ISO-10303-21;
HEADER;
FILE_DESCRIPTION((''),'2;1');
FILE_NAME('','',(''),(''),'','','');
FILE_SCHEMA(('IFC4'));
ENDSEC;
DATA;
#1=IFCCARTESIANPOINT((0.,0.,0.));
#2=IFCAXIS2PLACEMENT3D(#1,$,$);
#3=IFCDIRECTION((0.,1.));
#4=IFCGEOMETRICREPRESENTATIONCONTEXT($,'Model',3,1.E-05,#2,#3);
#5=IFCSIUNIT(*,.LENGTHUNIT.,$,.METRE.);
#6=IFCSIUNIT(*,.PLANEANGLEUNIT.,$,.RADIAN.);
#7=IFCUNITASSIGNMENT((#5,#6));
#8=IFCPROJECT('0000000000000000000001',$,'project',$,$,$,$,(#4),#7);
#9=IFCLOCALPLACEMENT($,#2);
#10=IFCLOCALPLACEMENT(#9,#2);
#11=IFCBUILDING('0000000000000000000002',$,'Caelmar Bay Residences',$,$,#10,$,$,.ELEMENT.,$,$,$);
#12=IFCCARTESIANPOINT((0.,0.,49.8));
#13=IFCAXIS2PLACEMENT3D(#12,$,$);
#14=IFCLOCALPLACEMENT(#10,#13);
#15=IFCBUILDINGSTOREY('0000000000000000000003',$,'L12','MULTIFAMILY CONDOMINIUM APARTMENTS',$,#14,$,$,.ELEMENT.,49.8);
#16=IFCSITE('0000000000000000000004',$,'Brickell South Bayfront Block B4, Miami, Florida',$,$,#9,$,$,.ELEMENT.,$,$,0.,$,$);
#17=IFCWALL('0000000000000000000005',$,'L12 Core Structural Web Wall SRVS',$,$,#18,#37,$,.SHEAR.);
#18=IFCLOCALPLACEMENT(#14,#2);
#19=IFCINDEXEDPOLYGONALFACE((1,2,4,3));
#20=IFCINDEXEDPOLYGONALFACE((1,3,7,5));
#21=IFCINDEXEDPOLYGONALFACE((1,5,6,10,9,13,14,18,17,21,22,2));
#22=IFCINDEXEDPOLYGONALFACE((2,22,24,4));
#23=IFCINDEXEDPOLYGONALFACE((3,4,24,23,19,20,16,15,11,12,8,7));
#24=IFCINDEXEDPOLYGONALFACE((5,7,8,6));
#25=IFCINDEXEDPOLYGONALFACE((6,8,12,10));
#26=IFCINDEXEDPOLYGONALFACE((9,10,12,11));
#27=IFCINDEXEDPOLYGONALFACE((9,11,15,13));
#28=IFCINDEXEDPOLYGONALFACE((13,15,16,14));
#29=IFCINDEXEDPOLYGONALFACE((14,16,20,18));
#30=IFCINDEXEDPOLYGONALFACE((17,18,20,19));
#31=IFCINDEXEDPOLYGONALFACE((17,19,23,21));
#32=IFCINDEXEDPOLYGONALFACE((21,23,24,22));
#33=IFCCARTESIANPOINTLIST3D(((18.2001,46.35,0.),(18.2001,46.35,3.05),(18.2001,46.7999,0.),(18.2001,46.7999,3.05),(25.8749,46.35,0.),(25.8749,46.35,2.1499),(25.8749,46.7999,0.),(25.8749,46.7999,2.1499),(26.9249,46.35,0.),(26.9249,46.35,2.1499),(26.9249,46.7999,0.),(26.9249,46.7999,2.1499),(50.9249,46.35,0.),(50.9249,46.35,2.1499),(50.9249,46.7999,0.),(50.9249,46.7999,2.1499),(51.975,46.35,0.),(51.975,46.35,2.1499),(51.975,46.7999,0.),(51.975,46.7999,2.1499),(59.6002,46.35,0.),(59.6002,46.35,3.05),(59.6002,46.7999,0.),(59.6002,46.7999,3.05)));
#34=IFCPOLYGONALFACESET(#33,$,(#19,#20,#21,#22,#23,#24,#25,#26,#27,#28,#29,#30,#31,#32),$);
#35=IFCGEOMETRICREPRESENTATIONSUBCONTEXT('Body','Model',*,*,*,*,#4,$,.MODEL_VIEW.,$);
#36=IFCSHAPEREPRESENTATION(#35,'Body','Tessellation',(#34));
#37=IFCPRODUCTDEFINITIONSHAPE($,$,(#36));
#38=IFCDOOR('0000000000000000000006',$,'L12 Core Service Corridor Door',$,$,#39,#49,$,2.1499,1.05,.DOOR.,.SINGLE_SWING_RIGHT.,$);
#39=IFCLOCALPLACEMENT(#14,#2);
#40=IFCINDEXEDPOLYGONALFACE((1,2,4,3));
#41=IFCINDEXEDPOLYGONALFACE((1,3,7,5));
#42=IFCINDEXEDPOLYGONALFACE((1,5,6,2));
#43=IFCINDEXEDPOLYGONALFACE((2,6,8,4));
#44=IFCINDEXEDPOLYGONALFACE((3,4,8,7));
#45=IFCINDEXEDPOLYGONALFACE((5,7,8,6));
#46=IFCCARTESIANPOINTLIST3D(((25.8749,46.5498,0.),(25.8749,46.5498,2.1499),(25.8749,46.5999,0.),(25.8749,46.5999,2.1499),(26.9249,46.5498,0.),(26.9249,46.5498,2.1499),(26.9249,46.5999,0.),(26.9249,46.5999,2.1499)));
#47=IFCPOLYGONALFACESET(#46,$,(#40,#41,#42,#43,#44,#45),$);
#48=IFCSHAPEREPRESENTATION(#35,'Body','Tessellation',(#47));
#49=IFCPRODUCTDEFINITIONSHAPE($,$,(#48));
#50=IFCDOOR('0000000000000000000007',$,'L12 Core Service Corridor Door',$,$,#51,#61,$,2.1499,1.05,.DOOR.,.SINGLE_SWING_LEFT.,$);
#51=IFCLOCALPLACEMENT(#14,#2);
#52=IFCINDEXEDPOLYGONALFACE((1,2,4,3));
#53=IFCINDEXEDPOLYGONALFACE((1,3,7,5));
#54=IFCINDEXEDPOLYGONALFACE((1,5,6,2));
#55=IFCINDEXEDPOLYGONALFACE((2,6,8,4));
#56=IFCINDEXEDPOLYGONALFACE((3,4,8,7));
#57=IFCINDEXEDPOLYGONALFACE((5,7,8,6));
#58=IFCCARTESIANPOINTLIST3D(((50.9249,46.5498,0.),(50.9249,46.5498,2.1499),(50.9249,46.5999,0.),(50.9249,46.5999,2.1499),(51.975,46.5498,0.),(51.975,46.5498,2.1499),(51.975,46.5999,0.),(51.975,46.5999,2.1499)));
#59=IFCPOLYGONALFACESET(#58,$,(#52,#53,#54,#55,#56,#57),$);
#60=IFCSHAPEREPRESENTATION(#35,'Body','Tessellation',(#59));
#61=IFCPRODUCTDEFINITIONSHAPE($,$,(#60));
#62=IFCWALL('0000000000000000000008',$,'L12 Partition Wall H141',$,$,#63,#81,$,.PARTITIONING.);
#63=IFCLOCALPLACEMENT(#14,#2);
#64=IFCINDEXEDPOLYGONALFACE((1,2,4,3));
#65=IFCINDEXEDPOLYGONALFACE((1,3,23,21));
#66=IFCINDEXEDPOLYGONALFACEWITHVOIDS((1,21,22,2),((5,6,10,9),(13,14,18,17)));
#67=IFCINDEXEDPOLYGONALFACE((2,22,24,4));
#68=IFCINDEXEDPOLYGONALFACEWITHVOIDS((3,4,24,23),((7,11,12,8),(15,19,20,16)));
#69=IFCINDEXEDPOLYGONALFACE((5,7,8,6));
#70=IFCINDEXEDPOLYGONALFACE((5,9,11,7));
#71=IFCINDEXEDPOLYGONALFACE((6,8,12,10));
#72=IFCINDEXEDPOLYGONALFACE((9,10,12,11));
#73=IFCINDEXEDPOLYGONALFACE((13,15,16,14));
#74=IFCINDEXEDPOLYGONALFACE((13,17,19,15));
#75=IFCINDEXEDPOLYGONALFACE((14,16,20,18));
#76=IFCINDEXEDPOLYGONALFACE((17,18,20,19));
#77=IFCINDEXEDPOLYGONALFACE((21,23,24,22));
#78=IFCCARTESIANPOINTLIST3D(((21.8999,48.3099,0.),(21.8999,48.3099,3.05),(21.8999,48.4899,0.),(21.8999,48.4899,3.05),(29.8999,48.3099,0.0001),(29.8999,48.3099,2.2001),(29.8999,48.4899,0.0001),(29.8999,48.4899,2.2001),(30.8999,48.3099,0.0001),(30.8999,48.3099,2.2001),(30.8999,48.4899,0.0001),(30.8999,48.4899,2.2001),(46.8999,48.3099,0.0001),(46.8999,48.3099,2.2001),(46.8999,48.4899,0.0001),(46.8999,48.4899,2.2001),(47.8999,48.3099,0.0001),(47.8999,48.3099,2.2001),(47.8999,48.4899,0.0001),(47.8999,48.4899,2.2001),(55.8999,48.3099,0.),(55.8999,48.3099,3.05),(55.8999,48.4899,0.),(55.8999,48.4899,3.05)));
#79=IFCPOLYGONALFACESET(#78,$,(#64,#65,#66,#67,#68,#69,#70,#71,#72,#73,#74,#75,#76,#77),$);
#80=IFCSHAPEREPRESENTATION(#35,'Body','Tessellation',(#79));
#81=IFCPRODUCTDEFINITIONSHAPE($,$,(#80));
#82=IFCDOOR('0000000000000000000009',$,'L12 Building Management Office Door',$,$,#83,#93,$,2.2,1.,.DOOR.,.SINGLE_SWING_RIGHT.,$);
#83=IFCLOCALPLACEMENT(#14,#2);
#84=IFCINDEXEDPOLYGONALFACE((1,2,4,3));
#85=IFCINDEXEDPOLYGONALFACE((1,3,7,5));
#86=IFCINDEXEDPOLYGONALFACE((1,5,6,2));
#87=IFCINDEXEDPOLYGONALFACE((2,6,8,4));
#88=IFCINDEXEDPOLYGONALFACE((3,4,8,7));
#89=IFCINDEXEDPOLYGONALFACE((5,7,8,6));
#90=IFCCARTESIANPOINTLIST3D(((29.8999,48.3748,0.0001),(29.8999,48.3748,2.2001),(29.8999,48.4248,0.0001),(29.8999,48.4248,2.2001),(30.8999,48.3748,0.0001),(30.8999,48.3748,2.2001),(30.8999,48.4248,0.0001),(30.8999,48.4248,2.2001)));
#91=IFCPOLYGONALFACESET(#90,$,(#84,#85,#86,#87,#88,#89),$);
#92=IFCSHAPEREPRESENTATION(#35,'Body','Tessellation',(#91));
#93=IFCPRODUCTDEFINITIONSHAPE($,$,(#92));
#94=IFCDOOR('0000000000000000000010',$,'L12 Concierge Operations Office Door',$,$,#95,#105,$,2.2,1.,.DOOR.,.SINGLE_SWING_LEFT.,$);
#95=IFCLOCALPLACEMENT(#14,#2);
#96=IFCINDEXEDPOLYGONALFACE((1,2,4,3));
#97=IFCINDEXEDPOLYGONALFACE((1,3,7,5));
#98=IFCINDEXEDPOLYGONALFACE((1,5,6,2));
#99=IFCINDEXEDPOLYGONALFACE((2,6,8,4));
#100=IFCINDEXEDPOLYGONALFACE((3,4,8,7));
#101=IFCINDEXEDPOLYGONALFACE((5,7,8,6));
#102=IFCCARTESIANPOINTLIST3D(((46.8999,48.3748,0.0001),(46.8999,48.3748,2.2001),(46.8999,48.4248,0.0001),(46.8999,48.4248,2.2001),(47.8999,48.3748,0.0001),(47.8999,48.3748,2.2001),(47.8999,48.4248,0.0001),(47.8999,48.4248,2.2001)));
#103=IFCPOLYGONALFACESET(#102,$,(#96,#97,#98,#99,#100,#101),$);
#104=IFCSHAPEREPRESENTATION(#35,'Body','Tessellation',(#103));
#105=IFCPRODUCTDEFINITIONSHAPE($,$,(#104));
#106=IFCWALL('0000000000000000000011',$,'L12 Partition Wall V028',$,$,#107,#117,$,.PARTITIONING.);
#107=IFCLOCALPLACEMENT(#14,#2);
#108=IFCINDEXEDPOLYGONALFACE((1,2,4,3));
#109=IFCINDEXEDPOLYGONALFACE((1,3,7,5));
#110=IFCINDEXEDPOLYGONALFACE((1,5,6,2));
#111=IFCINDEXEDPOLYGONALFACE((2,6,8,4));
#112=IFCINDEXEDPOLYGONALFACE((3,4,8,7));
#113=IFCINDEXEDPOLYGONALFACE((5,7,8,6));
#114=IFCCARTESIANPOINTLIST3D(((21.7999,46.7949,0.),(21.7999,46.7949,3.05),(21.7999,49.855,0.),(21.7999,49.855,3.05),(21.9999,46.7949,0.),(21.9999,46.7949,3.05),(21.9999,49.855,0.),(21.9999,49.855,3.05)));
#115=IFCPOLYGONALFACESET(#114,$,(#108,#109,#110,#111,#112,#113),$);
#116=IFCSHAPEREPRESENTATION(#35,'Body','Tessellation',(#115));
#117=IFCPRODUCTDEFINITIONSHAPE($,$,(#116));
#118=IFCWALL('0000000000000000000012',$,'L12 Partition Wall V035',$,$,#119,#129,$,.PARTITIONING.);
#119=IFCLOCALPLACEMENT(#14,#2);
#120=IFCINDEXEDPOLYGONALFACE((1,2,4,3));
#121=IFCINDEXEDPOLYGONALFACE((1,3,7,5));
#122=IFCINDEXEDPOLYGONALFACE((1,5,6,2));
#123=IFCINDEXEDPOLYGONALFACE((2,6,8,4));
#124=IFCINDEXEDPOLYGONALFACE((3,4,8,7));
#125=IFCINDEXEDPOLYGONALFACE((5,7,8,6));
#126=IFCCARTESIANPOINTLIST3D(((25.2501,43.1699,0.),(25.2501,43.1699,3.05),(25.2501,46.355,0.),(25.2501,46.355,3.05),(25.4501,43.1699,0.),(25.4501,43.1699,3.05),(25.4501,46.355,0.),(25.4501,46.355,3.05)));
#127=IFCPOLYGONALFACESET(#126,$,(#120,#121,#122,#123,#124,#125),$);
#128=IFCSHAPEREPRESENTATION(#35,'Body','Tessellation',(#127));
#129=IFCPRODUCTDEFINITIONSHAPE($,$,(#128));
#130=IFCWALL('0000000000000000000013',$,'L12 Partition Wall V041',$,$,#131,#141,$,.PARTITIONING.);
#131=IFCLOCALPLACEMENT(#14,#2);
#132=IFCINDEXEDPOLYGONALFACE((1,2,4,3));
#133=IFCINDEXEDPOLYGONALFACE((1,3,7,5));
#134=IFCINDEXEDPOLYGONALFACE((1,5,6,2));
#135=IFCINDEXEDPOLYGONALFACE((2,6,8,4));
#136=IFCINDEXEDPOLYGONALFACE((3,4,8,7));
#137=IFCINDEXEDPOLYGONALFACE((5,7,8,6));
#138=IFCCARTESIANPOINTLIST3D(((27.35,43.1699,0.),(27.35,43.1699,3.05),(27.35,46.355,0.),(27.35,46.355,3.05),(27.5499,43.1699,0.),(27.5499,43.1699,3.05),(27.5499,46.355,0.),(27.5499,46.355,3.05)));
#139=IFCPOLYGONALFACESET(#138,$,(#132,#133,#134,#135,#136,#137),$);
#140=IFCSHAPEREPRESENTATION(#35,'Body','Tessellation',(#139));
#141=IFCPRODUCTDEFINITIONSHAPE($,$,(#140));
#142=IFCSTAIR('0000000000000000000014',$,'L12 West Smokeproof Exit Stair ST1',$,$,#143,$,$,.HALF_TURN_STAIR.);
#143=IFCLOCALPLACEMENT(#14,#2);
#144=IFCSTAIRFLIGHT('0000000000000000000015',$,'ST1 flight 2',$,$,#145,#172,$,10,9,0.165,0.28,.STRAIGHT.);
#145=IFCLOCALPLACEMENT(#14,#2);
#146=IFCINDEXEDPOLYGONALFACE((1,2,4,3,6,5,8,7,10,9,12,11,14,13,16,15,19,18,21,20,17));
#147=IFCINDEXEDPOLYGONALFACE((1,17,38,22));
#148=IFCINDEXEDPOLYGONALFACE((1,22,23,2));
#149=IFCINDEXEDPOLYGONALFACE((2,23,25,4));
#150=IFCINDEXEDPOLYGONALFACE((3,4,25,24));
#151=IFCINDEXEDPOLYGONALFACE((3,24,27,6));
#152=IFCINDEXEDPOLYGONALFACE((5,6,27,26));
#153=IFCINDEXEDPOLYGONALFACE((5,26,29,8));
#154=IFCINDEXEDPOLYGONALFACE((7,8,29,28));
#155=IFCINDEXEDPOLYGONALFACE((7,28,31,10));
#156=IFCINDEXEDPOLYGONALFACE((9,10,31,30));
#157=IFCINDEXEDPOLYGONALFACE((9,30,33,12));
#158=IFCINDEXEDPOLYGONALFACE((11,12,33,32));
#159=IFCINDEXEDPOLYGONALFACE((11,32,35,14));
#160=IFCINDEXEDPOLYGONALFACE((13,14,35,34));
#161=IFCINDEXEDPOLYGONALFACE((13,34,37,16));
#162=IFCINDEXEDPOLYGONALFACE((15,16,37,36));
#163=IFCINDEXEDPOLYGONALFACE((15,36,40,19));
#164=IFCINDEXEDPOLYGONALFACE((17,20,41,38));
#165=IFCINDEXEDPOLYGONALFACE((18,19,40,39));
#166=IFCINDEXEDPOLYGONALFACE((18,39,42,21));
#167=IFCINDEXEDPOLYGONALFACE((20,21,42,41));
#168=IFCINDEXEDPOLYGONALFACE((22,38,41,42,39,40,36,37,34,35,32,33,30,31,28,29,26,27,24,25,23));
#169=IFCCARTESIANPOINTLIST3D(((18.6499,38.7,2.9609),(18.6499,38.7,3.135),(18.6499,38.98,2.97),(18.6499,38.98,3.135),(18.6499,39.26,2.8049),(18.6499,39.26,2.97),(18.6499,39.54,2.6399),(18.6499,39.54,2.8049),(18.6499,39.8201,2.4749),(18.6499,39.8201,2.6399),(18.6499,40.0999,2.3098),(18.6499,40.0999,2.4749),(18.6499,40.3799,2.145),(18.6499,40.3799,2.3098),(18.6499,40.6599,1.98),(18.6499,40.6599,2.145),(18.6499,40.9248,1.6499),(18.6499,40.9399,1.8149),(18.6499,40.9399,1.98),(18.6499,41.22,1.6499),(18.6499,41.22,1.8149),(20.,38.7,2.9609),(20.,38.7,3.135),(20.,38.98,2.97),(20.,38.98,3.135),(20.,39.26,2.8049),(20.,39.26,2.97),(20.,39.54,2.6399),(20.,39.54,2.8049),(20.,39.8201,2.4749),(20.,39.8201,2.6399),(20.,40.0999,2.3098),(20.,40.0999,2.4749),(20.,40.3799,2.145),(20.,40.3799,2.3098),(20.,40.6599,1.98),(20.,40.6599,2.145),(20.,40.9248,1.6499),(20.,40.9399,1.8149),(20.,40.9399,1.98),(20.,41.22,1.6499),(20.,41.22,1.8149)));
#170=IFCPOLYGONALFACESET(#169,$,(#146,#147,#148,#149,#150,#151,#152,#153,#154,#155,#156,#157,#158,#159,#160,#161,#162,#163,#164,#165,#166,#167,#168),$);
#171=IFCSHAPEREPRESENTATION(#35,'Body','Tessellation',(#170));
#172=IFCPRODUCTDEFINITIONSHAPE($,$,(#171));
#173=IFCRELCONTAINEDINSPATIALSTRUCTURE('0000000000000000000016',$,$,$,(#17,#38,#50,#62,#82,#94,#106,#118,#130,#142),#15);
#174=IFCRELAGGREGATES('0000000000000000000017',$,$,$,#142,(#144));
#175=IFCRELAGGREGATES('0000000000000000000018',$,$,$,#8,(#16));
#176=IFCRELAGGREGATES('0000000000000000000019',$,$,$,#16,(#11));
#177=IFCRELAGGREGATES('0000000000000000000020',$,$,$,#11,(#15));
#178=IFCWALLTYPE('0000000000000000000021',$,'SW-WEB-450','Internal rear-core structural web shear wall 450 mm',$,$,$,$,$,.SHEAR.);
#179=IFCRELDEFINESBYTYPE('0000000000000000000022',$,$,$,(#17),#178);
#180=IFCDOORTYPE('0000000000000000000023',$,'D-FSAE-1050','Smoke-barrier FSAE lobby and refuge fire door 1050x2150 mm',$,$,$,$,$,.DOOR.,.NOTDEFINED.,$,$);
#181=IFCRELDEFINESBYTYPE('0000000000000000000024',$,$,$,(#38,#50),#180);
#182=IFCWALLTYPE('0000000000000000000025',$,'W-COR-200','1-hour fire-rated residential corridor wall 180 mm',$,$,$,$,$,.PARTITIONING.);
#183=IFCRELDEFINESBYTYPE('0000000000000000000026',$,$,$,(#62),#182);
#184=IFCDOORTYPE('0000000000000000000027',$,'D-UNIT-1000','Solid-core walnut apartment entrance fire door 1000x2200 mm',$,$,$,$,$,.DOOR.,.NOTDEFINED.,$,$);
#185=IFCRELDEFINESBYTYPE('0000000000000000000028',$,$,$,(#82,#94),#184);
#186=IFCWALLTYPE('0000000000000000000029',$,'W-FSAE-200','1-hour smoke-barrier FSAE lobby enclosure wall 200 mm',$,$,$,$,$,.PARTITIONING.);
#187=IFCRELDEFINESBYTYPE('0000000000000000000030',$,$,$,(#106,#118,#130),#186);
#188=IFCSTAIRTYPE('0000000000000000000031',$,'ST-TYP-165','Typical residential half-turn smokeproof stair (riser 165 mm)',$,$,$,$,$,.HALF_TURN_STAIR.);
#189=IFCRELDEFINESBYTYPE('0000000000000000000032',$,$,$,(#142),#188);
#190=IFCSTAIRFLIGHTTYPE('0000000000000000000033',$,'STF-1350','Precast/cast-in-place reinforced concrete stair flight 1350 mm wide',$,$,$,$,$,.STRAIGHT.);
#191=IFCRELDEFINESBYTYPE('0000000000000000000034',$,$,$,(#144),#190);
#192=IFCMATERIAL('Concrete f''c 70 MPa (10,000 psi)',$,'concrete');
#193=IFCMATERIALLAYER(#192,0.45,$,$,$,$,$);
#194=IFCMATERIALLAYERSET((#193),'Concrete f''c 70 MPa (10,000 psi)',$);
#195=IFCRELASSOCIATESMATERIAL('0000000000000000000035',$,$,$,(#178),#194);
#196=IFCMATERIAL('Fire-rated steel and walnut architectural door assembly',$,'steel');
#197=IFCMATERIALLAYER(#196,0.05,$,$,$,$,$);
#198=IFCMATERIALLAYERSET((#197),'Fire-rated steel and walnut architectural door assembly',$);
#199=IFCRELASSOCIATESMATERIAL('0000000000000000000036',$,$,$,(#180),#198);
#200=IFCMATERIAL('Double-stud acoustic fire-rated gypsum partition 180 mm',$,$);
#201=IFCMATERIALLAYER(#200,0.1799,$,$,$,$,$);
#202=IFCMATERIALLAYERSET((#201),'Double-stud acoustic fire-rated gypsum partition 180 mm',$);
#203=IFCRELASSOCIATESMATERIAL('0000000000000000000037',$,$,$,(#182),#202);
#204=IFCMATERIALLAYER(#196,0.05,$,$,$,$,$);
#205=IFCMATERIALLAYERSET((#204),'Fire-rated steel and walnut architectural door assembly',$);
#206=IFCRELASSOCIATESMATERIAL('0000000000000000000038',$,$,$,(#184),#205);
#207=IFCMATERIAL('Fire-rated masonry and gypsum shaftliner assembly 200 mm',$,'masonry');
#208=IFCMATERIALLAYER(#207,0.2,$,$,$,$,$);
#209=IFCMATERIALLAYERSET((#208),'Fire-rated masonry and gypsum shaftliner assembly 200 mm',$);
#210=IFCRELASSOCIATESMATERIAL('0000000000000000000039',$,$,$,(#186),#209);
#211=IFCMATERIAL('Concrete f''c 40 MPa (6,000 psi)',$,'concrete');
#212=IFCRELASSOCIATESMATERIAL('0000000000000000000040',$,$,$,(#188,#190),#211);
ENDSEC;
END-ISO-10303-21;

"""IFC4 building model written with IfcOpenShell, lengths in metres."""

from ifc_helpers import new_model, si_unit, direction, frame, frame_2d, origin, place, context, subcontext, project, spatial, polyline, rectangle, outline, extrude, material, layer, layer_set, type_object, element, fill, aggregate, save


model = new_model("IFC4")

# Units and contexts
model_context = context("Model", 3, precision=1e-05, world=origin(), true_north=direction((0.0, 1.0)))
body_context = subcontext(model_context, "Body", "Model", "MODEL_VIEW")
ifc_project = project(units=[si_unit("LENGTHUNIT", "METRE"), si_unit("PLANEANGLEUNIT", "RADIAN")], contexts=[model_context])

# Site, building, storey
site_placement = place(None, origin())
site = spatial("IfcSite", under=ifc_project, at=site_placement, Name="Brickell South Bayfront Block B4, Miami, Florida", CompositionType="ELEMENT", RefElevation=0.0)
building_placement = place(site_placement, origin())
building = spatial("IfcBuilding", under=site, at=building_placement, Name="Caelmar Bay Residences", CompositionType="ELEMENT")
storey_placement = place(building_placement, frame((0.0, 0.0, 49.8)))
storey = spatial("IfcBuildingStorey", under=building, at=storey_placement, Name="L12", Description="MULTIFAMILY CONDOMINIUM APARTMENTS", CompositionType="ELEMENT", Elevation=49.8)

# Shared definitions
ifc_material_1 = material(Name="Concrete f'c 70 MPa (10,000 psi)", Category="concrete")

# Walls, openings, doors
ifc_layer_1 = layer(ifc_material_1, 0.45)
ifc_layer_set_1 = layer_set([ifc_layer_1], Name="Concrete f'c 70 MPa (10,000 psi)")
wall_type_1 = type_object("IfcWallType", Name="SW-WEB-450", Description="Internal rear-core structural web shear wall 450 mm", PredefinedType="SHEAR", material=ifc_layer_set_1)
ifc_material_2 = material(Name="Fire-rated steel and walnut architectural door assembly", Category="steel")
ifc_layer_2 = layer(ifc_material_2, 0.05)
ifc_layer_set_2 = layer_set([ifc_layer_2], Name="Fire-rated steel and walnut architectural door assembly")
door_type_1 = type_object("IfcDoorType", Name="D-FSAE-1050", Description="Smoke-barrier FSAE lobby and refuge fire door 1050x2150 mm", OperationType="NOTDEFINED", PredefinedType="DOOR", material=ifc_layer_set_2)
wall_1_placement = place(storey_placement, frame((18.2, 46.575, 0.0), z_axis=(0.0, 0.0, 1.0), x_axis=(1.0, 0.0, 0.0)))
wall_1 = element("IfcWall", 1, at=wall_1_placement, inside=storey, type_object=wall_type_1, Name="L12 Core Structural Web Wall SRVS", PredefinedType="SHEAR", context=body_context, shape_type="SweptSolid", body=[
    extrude(rectangle(XDim=41.4001, YDim=0.45, at=frame_2d((20.7002, 0.0))), origin(), (0.0, 0.0, 1.0), 3.05),
])
opening_1_placement = place(wall_1_placement, frame((7.675, 0.0, 0.0)))
opening_1 = element("IfcOpeningElement", 2, at=opening_1_placement, cuts=wall_1, PredefinedType="OPENING", context=body_context, shape_type="SweptSolid", body=[
    extrude(rectangle(XDim=1.05, YDim=2.1499, at=frame_2d((0.5249, 1.075))), frame((0.0, 0.2349, 0.0), z_axis=(0.0, -1.0, 0.0), x_axis=(1.0, 0.0, 0.0)), (0.0, 0.0, 1.0), 0.47),
])
opening_2_placement = place(wall_1_placement, frame((32.7251, 0.0, 0.0)))
opening_2 = element("IfcOpeningElement", 3, at=opening_2_placement, cuts=wall_1, PredefinedType="OPENING", context=body_context, shape_type="SweptSolid", body=[
    extrude(rectangle(XDim=1.05, YDim=2.1499, at=frame_2d((0.5249, 1.075))), frame((0.0, 0.2349, 0.0), z_axis=(0.0, -1.0, 0.0), x_axis=(1.0, 0.0, 0.0)), (0.0, 0.0, 1.0), 0.47),
])
door_1_placement = place(opening_1_placement, origin())
door_1 = element("IfcDoor", 4, at=door_1_placement, inside=storey, type_object=door_type_1, Name="L12 Core Service Corridor Door", OperationType="SINGLE_SWING_RIGHT", OverallHeight=2.1499, OverallWidth=1.05, PredefinedType="DOOR", context=body_context, shape_type="SweptSolid", body=[
    extrude(rectangle(XDim=1.05, YDim=2.1499, at=frame_2d((0.5249, 1.075))), frame((0.0, 0.0249, 0.0), z_axis=(0.0, -1.0, 0.0), x_axis=(1.0, 0.0, 0.0)), (0.0, 0.0, 1.0), 0.05),
])
fill(opening_1, door_1)
door_2_placement = place(opening_2_placement, origin())
door_2 = element("IfcDoor", 5, at=door_2_placement, inside=storey, type_object=door_type_1, Name="L12 Core Service Corridor Door", OperationType="SINGLE_SWING_LEFT", OverallHeight=2.1499, OverallWidth=1.05, PredefinedType="DOOR", context=body_context, shape_type="SweptSolid", body=[
    extrude(rectangle(XDim=1.05, YDim=2.1499, at=frame_2d((0.5249, 1.075))), frame((0.0, 0.0249, 0.0), z_axis=(0.0, -1.0, 0.0), x_axis=(1.0, 0.0, 0.0)), (0.0, 0.0, 1.0), 0.05),
])
fill(opening_2, door_2)
ifc_material_3 = material(Name="Double-stud acoustic fire-rated gypsum partition 180 mm")
ifc_layer_3 = layer(ifc_material_3, 0.1799)
ifc_layer_set_3 = layer_set([ifc_layer_3], Name="Double-stud acoustic fire-rated gypsum partition 180 mm")
wall_type_2 = type_object("IfcWallType", Name="W-COR-200", Description="1-hour fire-rated residential corridor wall 180 mm", PredefinedType="PARTITIONING", material=ifc_layer_set_3)
wall_2_placement = place(storey_placement, frame((21.8999, 48.3999, 0.0), z_axis=(0.0, 0.0, 1.0), x_axis=(1.0, 0.0, 0.0)))
wall_2 = element("IfcWall", 6, at=wall_2_placement, inside=storey, type_object=wall_type_2, Name="L12 Partition Wall H141", PredefinedType="PARTITIONING", context=body_context, shape_type="SweptSolid", body=[
    extrude(rectangle(XDim=34.0, YDim=0.1799, at=frame_2d((17.0, 0.0))), origin(), (0.0, 0.0, 1.0), 3.05),
])
opening_3_placement = place(wall_2_placement, frame((8.0, 0.0, 0.0)))
opening_3 = element("IfcOpeningElement", 7, at=opening_3_placement, cuts=wall_2, PredefinedType="OPENING", context=body_context, shape_type="SweptSolid", body=[
    extrude(rectangle(XDim=1.0, YDim=2.2, at=frame_2d((0.5, 1.1001))), frame((0.0, 0.0999, 0.0), z_axis=(0.0, -1.0, 0.0), x_axis=(1.0, 0.0, 0.0)), (0.0, 0.0, 1.0), 0.2),
])
opening_4_placement = place(wall_2_placement, frame((25.0, 0.0, 0.0)))
opening_4 = element("IfcOpeningElement", 8, at=opening_4_placement, cuts=wall_2, PredefinedType="OPENING", context=body_context, shape_type="SweptSolid", body=[
    extrude(rectangle(XDim=1.0, YDim=2.2, at=frame_2d((0.5, 1.1001))), frame((0.0, 0.0999, 0.0), z_axis=(0.0, -1.0, 0.0), x_axis=(1.0, 0.0, 0.0)), (0.0, 0.0, 1.0), 0.2),
])
ifc_layer_4 = layer(ifc_material_2, 0.05)
ifc_layer_set_4 = layer_set([ifc_layer_4], Name="Fire-rated steel and walnut architectural door assembly")
door_type_2 = type_object("IfcDoorType", Name="D-UNIT-1000", Description="Solid-core walnut apartment entrance fire door 1000x2200 mm", OperationType="NOTDEFINED", PredefinedType="DOOR", material=ifc_layer_set_4)
door_3_placement = place(opening_3_placement, origin())
door_3 = element("IfcDoor", 9, at=door_3_placement, inside=storey, type_object=door_type_2, Name="L12 Building Management Office Door", OperationType="SINGLE_SWING_RIGHT", OverallHeight=2.2, OverallWidth=1.0, PredefinedType="DOOR", context=body_context, shape_type="SweptSolid", body=[
    extrude(rectangle(XDim=1.0, YDim=2.2, at=frame_2d((0.5, 1.1001))), frame((0.0, 0.0249, 0.0), z_axis=(0.0, -1.0, 0.0), x_axis=(1.0, 0.0, 0.0)), (0.0, 0.0, 1.0), 0.05),
])
fill(opening_3, door_3)
door_4_placement = place(opening_4_placement, origin())
door_4 = element("IfcDoor", 10, at=door_4_placement, inside=storey, type_object=door_type_2, Name="L12 Concierge Operations Office Door", OperationType="SINGLE_SWING_LEFT", OverallHeight=2.2, OverallWidth=1.0, PredefinedType="DOOR", context=body_context, shape_type="SweptSolid", body=[
    extrude(rectangle(XDim=1.0, YDim=2.2, at=frame_2d((0.5, 1.1001))), frame((0.0, 0.0249, 0.0), z_axis=(0.0, -1.0, 0.0), x_axis=(1.0, 0.0, 0.0)), (0.0, 0.0, 1.0), 0.05),
])
fill(opening_4, door_4)

# Walls
ifc_material_4 = material(Name="Fire-rated masonry and gypsum shaftliner assembly 200 mm", Category="masonry")
ifc_layer_5 = layer(ifc_material_4, 0.2)
ifc_layer_set_5 = layer_set([ifc_layer_5], Name="Fire-rated masonry and gypsum shaftliner assembly 200 mm")
wall_type_3 = type_object("IfcWallType", Name="W-FSAE-200", Description="1-hour smoke-barrier FSAE lobby enclosure wall 200 mm", PredefinedType="PARTITIONING", material=ifc_layer_set_5)
wall_3_placement = place(storey_placement, frame((21.8999, 46.7949, 0.0), z_axis=(0.0, 0.0, 1.0), x_axis=(0.0, 1.0, 0.0)))
element("IfcWall", 11, at=wall_3_placement, inside=storey, type_object=wall_type_3, Name="L12 Partition Wall V028", PredefinedType="PARTITIONING", context=body_context, shape_type="SweptSolid", body=[
    extrude(rectangle(XDim=3.0601, YDim=0.2, at=frame_2d((1.53, 0.0))), origin(), (0.0, 0.0, 1.0), 3.05),
])
for number, where, z_axis, x_axis, name in (
    (12, (25.3501, 43.1699, 0.0), (0.0, 0.0, 1.0), (0.0, 1.0, 0.0), "L12 Partition Wall V035"),
    (13, (27.45, 43.1699, 0.0), (0.0, 0.0, 1.0), (0.0, 1.0, 0.0), "L12 Partition Wall V041"),
):
    element("IfcWall", number, at=place(storey_placement, frame(where, z_axis=z_axis, x_axis=x_axis)), inside=storey, type_object=wall_type_3, Name=name, PredefinedType="PARTITIONING", context=body_context, shape_type="SweptSolid", body=[
        extrude(rectangle(XDim=3.1851, YDim=0.2, at=frame_2d((1.5925, 0.0))), origin(), (0.0, 0.0, 1.0), 3.05),
    ])

# Stair, stair flight
ifc_material_5 = material(Name="Concrete f'c 40 MPa (6,000 psi)", Category="concrete")
stair_type = type_object("IfcStairType", Name="ST-TYP-165", Description="Typical residential half-turn smokeproof stair (riser 165 mm)", PredefinedType="HALF_TURN_STAIR", material=ifc_material_5)
stair_1_placement = place(storey_placement, origin())
stair_1 = element("IfcStair", 14, at=stair_1_placement, inside=storey, type_object=stair_type, Name="L12 West Smokeproof Exit Stair ST1", PredefinedType="HALF_TURN_STAIR")
stair_flight_type = type_object("IfcStairFlightType", Name="STF-1350", Description="Precast/cast-in-place reinforced concrete stair flight 1350 mm wide", PredefinedType="STRAIGHT", material=ifc_material_5)
stair_flight_1_placement = place(storey_placement, frame((19.325, 41.22, 1.6499), z_axis=(0.0, 0.0, 1.0), x_axis=(0.0, -1.0, 0.0)))
stair_flight_1 = element("IfcStairFlight", 15, at=stair_flight_1_placement, type_object=stair_flight_type, Name="ST1 flight 2", NumberOfRisers=10, NumberOfTreads=9, PredefinedType="STRAIGHT", RiserHeight=0.165, TreadLength=0.28, context=body_context, shape_type="SweptSolid", body=[
    extrude(outline(polyline([(0.0, 0.0), (0.0, 0.165), (0.28, 0.165), (0.28, 0.3301), (0.5601, 0.3301), (0.5601, 0.4951), (0.8401, 0.4951), (0.8401, 0.6599), (1.1201, 0.6599), (1.1201, 0.825), (1.3999, 0.825), (1.3999, 0.99), (1.6799, 0.99), (1.6799, 1.155), (1.96, 1.155), (1.96, 1.3201), (2.24, 1.3201), (2.24, 1.4851), (2.52, 1.4851), (2.52, 1.6499), (2.52, 1.311), (0.2952, 0.0), (0.0, 0.0)])), frame((0.0, 0.675, 0.0), z_axis=(0.0, -1.0, 0.0), x_axis=(1.0, 0.0, 0.0)), (0.0, 0.0, 1.0), 1.3501),
])
aggregate(stair_1, [stair_flight_1])

save(model, "model.ifc")
